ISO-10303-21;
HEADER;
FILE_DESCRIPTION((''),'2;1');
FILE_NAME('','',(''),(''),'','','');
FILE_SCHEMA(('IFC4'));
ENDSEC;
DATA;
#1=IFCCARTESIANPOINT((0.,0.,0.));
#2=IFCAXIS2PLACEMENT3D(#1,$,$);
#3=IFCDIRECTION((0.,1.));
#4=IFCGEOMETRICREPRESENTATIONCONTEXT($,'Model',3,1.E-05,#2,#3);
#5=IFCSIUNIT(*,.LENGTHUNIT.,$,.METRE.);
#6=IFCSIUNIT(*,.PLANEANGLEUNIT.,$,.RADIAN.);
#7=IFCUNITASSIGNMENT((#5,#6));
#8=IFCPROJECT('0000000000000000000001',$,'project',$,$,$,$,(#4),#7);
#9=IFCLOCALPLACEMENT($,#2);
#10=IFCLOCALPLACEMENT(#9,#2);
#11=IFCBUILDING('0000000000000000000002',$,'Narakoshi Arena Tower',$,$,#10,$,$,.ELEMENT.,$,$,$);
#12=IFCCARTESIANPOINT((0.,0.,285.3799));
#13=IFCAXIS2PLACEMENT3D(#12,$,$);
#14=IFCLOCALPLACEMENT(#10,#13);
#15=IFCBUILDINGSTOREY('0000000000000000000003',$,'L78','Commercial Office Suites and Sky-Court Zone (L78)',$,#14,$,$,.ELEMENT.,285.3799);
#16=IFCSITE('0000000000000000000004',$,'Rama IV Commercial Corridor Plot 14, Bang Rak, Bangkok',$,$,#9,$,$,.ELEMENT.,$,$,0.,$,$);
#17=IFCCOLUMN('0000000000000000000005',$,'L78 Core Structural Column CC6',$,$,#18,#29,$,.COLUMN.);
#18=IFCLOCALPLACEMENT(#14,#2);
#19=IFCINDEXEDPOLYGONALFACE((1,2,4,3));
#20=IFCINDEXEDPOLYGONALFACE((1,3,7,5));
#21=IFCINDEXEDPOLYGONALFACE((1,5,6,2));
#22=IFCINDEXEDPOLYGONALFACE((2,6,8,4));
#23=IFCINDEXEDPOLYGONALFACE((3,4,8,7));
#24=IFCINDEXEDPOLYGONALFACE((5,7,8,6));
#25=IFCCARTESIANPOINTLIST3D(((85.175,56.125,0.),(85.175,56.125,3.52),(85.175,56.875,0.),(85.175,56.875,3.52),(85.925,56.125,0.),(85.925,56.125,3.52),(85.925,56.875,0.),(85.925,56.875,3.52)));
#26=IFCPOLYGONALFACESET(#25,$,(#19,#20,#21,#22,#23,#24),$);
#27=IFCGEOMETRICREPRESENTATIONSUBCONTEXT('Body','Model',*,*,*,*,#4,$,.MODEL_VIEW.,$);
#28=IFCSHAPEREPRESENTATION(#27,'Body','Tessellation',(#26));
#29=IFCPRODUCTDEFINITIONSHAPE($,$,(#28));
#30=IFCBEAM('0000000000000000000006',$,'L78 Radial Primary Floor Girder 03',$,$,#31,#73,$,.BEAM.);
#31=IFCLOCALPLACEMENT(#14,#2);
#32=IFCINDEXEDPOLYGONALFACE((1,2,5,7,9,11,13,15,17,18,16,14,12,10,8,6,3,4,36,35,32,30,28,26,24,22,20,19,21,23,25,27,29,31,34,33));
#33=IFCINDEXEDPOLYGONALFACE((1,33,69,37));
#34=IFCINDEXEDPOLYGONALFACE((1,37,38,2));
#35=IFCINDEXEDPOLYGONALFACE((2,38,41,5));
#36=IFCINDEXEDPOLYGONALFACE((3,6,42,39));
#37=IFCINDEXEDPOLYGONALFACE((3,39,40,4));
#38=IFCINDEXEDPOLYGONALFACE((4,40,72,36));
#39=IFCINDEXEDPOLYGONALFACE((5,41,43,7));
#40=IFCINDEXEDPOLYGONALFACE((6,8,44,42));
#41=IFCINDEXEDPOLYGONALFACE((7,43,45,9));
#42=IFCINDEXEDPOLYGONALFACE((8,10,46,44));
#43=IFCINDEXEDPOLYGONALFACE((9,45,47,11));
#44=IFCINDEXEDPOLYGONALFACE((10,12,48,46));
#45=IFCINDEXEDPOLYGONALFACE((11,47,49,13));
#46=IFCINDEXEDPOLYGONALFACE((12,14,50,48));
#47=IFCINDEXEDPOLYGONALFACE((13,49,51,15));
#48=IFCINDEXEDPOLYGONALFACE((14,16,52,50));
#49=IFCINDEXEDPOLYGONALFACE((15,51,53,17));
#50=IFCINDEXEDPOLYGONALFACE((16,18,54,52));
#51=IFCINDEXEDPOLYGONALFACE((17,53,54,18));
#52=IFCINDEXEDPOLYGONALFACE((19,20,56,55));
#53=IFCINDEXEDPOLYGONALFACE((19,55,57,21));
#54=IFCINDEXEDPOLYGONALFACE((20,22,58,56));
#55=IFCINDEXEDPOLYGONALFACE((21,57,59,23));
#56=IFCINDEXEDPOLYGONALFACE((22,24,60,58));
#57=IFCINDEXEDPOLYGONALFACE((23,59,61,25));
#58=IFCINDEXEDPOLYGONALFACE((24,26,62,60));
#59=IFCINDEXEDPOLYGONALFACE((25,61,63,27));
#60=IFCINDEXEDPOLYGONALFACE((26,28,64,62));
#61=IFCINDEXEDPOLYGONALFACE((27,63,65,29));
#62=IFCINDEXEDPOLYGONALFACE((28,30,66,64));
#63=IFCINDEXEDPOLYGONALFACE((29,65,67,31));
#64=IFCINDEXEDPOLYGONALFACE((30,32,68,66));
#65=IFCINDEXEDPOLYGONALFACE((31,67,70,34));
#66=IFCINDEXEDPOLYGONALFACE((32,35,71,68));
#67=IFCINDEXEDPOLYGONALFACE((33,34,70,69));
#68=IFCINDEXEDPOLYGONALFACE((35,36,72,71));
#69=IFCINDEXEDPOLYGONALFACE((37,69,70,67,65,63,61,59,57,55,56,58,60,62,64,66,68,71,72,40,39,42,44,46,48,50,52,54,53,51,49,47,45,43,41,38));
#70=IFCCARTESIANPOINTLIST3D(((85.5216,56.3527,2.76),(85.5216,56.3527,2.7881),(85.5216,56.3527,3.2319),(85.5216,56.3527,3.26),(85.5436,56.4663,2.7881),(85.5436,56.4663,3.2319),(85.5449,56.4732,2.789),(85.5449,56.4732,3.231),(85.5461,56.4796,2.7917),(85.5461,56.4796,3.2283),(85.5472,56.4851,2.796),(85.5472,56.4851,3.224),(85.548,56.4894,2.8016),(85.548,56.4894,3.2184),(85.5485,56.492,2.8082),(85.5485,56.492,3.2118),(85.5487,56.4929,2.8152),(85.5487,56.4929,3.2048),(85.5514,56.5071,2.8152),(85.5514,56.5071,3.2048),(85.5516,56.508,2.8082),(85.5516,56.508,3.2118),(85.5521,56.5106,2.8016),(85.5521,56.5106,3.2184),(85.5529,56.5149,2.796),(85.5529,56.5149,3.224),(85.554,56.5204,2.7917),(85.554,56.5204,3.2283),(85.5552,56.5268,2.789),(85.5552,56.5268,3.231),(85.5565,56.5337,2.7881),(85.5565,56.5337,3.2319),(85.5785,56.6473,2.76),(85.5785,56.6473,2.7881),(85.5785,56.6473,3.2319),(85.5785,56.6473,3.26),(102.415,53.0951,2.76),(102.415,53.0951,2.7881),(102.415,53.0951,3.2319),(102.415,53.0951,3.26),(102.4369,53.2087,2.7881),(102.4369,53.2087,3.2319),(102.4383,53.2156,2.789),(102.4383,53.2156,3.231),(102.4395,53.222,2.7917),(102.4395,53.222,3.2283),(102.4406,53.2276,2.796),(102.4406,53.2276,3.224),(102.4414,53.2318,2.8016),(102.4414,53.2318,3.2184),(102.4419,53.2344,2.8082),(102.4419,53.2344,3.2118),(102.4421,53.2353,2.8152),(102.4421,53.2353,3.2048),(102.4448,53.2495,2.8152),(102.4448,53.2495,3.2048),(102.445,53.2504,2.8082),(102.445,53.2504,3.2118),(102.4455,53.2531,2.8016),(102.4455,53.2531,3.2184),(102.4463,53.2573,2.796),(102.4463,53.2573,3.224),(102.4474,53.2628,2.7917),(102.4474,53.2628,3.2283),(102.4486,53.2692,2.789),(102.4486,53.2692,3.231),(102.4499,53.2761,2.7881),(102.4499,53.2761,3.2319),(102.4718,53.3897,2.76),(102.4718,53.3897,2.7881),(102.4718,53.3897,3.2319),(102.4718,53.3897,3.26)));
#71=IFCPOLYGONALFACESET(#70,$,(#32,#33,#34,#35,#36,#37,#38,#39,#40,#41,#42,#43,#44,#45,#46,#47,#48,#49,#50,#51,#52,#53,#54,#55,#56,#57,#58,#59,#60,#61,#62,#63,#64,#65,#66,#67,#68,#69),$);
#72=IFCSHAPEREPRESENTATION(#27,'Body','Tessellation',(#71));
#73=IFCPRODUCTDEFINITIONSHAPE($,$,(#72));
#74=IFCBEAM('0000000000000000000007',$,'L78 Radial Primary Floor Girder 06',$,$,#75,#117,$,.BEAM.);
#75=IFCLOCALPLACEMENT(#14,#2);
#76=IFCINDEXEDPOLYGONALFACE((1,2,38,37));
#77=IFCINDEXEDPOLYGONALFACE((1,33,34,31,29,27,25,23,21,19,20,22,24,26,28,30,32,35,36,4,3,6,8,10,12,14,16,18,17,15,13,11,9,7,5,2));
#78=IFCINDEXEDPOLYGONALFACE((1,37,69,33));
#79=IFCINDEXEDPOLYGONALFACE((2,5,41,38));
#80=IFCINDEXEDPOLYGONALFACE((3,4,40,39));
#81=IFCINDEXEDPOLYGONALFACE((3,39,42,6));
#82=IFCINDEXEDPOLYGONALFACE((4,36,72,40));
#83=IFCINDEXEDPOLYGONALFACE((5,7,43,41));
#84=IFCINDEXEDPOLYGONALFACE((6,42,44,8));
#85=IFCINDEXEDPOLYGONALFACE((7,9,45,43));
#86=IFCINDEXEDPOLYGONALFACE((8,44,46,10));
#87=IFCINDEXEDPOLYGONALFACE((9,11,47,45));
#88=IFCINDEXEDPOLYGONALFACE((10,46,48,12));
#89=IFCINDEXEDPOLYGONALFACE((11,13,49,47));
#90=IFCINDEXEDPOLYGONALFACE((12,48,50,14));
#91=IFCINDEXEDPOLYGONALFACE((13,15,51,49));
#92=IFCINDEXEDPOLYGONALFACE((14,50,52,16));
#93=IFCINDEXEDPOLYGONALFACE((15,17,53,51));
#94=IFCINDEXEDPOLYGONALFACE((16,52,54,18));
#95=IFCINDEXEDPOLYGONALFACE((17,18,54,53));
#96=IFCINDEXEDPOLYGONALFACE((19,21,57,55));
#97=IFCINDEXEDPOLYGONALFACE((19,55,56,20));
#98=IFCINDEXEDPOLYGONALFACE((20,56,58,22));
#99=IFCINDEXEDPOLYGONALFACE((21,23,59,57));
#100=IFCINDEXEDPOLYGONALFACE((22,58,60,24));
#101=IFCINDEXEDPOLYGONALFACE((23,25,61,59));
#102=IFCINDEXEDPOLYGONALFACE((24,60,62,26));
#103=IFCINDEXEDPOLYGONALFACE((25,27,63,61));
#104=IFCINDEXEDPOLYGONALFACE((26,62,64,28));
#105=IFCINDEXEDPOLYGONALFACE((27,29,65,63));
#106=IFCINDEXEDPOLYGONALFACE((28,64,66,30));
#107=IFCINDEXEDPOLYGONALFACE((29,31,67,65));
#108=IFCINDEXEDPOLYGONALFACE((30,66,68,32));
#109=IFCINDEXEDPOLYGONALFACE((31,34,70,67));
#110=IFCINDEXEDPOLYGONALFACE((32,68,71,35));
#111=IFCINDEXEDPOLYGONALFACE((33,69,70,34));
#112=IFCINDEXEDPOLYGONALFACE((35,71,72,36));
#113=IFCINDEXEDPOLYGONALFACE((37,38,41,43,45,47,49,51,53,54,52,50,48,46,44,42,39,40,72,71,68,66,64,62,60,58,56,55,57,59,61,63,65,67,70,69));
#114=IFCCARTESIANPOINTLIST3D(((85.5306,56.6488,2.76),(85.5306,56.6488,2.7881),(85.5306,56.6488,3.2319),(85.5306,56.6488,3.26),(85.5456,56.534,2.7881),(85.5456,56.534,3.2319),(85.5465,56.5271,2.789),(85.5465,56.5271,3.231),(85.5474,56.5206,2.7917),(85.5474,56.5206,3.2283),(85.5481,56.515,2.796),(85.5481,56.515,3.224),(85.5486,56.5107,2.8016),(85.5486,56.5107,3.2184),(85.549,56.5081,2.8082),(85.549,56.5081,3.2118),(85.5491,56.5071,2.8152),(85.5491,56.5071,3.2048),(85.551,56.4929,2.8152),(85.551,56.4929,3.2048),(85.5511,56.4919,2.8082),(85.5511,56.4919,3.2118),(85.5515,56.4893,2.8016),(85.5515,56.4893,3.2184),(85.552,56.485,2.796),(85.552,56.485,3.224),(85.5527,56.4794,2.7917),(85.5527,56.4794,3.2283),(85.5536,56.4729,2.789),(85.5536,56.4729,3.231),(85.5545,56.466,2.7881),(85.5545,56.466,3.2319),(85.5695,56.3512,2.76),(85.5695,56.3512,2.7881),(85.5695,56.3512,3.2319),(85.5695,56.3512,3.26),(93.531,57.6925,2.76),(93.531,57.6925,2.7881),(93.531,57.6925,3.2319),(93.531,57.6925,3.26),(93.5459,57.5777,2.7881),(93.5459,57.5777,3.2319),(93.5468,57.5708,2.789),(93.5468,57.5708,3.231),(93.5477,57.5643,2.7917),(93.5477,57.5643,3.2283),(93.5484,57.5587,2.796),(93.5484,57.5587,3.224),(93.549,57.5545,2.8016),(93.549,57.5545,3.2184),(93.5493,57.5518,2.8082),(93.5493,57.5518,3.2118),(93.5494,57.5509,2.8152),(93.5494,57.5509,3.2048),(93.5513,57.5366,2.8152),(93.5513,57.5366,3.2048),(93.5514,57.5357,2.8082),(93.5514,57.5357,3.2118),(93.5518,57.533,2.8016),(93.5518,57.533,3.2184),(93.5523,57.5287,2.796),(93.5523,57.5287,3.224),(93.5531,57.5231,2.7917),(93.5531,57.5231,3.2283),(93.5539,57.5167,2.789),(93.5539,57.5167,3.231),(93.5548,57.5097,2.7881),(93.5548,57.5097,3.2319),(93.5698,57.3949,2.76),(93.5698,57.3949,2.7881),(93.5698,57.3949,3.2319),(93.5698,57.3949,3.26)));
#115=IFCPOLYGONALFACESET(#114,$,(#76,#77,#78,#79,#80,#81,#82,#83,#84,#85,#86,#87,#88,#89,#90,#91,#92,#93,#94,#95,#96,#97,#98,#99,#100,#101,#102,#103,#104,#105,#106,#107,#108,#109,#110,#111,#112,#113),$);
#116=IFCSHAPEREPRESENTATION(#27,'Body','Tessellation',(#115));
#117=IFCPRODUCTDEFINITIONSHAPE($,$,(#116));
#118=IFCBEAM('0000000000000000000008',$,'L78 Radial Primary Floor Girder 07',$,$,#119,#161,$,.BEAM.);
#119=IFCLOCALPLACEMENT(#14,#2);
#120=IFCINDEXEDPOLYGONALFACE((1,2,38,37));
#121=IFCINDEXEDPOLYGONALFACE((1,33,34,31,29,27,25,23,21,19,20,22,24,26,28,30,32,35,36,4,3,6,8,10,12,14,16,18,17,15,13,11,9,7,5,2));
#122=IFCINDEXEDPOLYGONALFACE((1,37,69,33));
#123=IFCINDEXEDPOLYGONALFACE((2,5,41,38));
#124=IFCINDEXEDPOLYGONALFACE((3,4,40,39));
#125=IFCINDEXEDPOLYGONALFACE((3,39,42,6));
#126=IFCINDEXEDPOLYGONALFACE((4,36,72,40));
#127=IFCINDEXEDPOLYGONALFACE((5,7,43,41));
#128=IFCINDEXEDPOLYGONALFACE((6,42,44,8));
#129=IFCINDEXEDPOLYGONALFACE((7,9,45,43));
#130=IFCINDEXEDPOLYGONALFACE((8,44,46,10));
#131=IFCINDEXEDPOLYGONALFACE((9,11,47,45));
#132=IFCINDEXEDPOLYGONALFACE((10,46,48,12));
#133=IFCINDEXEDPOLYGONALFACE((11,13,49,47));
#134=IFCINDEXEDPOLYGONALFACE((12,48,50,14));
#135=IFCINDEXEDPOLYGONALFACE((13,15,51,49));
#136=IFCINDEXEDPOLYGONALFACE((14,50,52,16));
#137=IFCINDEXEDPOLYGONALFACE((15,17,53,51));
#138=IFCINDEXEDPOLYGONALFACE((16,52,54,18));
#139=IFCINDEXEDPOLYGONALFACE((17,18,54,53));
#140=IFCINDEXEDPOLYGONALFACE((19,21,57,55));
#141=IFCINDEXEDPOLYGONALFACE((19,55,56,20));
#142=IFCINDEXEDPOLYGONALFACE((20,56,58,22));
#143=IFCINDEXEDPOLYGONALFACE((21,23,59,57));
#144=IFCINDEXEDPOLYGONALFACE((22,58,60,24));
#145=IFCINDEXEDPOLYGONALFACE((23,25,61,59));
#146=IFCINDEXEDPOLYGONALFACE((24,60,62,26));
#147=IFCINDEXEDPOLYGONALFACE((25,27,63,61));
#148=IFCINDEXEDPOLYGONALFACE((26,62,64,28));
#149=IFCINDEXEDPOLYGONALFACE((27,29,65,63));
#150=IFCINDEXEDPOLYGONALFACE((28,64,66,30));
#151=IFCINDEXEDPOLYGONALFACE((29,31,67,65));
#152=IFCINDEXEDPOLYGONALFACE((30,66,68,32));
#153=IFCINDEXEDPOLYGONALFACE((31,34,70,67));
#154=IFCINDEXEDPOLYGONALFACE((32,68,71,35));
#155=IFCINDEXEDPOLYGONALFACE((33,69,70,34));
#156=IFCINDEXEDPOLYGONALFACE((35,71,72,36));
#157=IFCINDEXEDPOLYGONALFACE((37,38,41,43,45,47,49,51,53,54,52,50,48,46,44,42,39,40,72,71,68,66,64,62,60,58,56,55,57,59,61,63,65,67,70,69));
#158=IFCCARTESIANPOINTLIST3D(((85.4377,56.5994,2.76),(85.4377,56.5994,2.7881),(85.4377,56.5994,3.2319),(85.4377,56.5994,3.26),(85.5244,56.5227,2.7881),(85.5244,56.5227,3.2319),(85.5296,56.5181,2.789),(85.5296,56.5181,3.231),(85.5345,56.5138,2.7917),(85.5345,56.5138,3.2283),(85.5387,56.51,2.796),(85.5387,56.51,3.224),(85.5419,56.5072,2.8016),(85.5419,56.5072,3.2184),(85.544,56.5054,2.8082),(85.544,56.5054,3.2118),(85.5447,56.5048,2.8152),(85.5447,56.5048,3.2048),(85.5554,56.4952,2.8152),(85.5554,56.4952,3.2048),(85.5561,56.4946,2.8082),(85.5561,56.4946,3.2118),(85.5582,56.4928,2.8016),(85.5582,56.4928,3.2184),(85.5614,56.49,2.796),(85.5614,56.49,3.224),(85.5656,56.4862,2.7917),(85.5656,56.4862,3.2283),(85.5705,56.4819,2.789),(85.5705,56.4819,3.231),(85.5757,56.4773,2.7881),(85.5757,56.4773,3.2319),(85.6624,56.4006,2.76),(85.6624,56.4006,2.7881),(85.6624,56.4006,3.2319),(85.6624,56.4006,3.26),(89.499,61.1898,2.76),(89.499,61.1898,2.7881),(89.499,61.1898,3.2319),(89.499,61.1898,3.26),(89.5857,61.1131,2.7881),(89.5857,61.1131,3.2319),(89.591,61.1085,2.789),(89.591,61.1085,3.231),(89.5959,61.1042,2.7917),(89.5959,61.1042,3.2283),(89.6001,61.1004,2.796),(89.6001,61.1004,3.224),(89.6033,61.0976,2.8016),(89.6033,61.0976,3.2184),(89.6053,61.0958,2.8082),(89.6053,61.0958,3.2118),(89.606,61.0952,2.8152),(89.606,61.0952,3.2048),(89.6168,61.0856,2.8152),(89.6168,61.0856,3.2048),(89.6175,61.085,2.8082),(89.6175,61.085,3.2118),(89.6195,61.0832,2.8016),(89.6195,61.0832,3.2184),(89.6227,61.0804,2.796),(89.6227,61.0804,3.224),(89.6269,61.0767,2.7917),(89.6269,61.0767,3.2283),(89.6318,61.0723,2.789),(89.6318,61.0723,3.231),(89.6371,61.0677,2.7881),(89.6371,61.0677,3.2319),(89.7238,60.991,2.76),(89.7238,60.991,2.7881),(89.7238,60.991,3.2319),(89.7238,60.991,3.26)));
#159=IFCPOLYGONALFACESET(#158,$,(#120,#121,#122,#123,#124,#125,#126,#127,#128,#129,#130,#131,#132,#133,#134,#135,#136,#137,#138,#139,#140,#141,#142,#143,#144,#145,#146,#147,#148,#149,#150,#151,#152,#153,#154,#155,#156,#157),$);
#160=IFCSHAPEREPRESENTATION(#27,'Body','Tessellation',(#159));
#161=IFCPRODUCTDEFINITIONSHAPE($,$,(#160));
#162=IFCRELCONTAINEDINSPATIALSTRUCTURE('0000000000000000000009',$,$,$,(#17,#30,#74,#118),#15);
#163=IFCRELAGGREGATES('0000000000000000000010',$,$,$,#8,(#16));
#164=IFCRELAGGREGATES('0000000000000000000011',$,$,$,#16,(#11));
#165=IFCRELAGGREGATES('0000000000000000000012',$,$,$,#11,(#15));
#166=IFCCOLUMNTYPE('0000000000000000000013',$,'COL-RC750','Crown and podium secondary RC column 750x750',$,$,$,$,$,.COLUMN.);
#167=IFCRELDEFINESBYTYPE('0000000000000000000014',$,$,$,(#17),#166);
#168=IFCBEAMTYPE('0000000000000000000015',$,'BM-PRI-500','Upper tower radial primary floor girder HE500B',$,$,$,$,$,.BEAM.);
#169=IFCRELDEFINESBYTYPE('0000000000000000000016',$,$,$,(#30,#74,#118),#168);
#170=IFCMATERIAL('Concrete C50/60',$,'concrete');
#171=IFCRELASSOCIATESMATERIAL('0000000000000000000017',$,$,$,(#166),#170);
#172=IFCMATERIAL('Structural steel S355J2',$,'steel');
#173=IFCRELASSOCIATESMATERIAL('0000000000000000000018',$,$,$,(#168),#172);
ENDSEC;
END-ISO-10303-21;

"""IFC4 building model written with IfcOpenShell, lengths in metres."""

from ifc_helpers import new_model, si_unit, direction, frame, origin, origin_2d, place, context, subcontext, project, spatial, rectangle, i_section, extrude, material, material_profile, profile_set, type_object, element, save


model = new_model("IFC4")

# Units and contexts
model_context = context("Model", 3, precision=1e-05, world=origin(), true_north=direction((0.0, 1.0)))
body_context = subcontext(model_context, "Body", "Model", "MODEL_VIEW")
ifc_project = project(units=[si_unit("LENGTHUNIT", "METRE"), si_unit("PLANEANGLEUNIT", "RADIAN")], contexts=[model_context])

# Site, building, storey
site_placement = place(None, origin())
site = spatial("IfcSite", under=ifc_project, at=site_placement, Name="Rama IV Commercial Corridor Plot 14, Bang Rak, Bangkok", CompositionType="ELEMENT", RefElevation=0.0)
building_placement = place(site_placement, origin())
building = spatial("IfcBuilding", under=site, at=building_placement, Name="Narakoshi Arena Tower", CompositionType="ELEMENT")
storey_placement = place(building_placement, frame((0.0, 0.0, 285.3799)))
storey = spatial("IfcBuildingStorey", under=building, at=storey_placement, Name="L78", Description="Commercial Office Suites and Sky-Court Zone (L78)", CompositionType="ELEMENT", Elevation=285.3799)

# Column
ifc_material_1 = material(Name="Concrete C50/60", Category="concrete")
ifc_material_profile_1 = material_profile(ifc_material_1, rectangle(XDim=0.75, YDim=0.75, at=origin_2d()), Name="RC750x750")
ifc_profile_set_1 = profile_set([ifc_material_profile_1], Name="Concrete C50/60")
column_type = type_object("IfcColumnType", Name="COL-RC750", Description="Crown and podium secondary RC column 750x750", PredefinedType="COLUMN", material=ifc_profile_set_1)
column_placement = place(storey_placement, frame((85.55, 56.5, 0.0), z_axis=(0.0, 0.0, 1.0), x_axis=(1.0, 0.0, 0.0)))
element("IfcColumn", 1, at=column_placement, inside=storey, type_object=column_type, Name="L78 Core Structural Column CC6", PredefinedType="COLUMN", context=body_context, shape_type="SweptSolid", body=[
    extrude(rectangle(XDim=0.75, YDim=0.75, at=origin_2d()), origin(), (0.0, 0.0, 1.0), 3.52),
])

# Beams
ifc_material_2 = material(Name="Structural steel S355J2", Category="steel")
ifc_material_profile_2 = material_profile(ifc_material_2, i_section(OverallWidth=0.3, OverallDepth=0.5, WebThickness=0.0144, FlangeThickness=0.0281, FilletRadius=0.0271, at=origin_2d()), Name="HE500B")
ifc_profile_set_2 = profile_set([ifc_material_profile_2], Name="Structural steel S355J2")
beam_type = type_object("IfcBeamType", Name="BM-PRI-500", Description="Upper tower radial primary floor girder HE500B", PredefinedType="BEAM", material=ifc_profile_set_2)
beam_1_placement = place(storey_placement, frame((85.55, 56.5, 3.01), z_axis=(0.981911, -0.189344, 0.0), x_axis=(0.189344, 0.981911, 0.0)))
element("IfcBeam", 2, at=beam_1_placement, inside=storey, type_object=beam_type, Name="L78 Radial Primary Floor Girder 03", PredefinedType="BEAM", context=body_context, shape_type="SweptSolid", body=[
    extrude(i_section(OverallWidth=0.3, OverallDepth=0.5, WebThickness=0.0144, FlangeThickness=0.0281, FilletRadius=0.0271, at=origin_2d()), origin(), (0.0, 0.0, 1.0), 17.2046),
])
beam_2_placement = place(storey_placement, frame((85.55, 56.5, 3.01), z_axis=(0.991597, 0.129362, 0.0), x_axis=(-0.129362, 0.991597, 0.0)))
element("IfcBeam", 3, at=beam_2_placement, inside=storey, type_object=beam_type, Name="L78 Radial Primary Floor Girder 06", PredefinedType="BEAM", context=body_context, shape_type="SweptSolid", body=[
    extrude(i_section(OverallWidth=0.3, OverallDepth=0.5, WebThickness=0.0144, FlangeThickness=0.0281, FilletRadius=0.0271, at=origin_2d()), origin(), (0.0, 0.0, 1.0), 8.0681),
])
beam_3_placement = place(storey_placement, frame((85.55, 56.5, 3.01), z_axis=(0.662629, 0.748948, 0.0), x_axis=(-0.748948, 0.662629, 0.0)))
element("IfcBeam", 4, at=beam_3_placement, inside=storey, type_object=beam_type, Name="L78 Radial Primary Floor Girder 07", PredefinedType="BEAM", context=body_context, shape_type="SweptSolid", body=[
    extrude(i_section(OverallWidth=0.3, OverallDepth=0.5, WebThickness=0.0144, FlangeThickness=0.0281, FilletRadius=0.0271, at=origin_2d()), origin(), (0.0, 0.0, 1.0), 6.1292),
])

save(model, "model.ifc")
